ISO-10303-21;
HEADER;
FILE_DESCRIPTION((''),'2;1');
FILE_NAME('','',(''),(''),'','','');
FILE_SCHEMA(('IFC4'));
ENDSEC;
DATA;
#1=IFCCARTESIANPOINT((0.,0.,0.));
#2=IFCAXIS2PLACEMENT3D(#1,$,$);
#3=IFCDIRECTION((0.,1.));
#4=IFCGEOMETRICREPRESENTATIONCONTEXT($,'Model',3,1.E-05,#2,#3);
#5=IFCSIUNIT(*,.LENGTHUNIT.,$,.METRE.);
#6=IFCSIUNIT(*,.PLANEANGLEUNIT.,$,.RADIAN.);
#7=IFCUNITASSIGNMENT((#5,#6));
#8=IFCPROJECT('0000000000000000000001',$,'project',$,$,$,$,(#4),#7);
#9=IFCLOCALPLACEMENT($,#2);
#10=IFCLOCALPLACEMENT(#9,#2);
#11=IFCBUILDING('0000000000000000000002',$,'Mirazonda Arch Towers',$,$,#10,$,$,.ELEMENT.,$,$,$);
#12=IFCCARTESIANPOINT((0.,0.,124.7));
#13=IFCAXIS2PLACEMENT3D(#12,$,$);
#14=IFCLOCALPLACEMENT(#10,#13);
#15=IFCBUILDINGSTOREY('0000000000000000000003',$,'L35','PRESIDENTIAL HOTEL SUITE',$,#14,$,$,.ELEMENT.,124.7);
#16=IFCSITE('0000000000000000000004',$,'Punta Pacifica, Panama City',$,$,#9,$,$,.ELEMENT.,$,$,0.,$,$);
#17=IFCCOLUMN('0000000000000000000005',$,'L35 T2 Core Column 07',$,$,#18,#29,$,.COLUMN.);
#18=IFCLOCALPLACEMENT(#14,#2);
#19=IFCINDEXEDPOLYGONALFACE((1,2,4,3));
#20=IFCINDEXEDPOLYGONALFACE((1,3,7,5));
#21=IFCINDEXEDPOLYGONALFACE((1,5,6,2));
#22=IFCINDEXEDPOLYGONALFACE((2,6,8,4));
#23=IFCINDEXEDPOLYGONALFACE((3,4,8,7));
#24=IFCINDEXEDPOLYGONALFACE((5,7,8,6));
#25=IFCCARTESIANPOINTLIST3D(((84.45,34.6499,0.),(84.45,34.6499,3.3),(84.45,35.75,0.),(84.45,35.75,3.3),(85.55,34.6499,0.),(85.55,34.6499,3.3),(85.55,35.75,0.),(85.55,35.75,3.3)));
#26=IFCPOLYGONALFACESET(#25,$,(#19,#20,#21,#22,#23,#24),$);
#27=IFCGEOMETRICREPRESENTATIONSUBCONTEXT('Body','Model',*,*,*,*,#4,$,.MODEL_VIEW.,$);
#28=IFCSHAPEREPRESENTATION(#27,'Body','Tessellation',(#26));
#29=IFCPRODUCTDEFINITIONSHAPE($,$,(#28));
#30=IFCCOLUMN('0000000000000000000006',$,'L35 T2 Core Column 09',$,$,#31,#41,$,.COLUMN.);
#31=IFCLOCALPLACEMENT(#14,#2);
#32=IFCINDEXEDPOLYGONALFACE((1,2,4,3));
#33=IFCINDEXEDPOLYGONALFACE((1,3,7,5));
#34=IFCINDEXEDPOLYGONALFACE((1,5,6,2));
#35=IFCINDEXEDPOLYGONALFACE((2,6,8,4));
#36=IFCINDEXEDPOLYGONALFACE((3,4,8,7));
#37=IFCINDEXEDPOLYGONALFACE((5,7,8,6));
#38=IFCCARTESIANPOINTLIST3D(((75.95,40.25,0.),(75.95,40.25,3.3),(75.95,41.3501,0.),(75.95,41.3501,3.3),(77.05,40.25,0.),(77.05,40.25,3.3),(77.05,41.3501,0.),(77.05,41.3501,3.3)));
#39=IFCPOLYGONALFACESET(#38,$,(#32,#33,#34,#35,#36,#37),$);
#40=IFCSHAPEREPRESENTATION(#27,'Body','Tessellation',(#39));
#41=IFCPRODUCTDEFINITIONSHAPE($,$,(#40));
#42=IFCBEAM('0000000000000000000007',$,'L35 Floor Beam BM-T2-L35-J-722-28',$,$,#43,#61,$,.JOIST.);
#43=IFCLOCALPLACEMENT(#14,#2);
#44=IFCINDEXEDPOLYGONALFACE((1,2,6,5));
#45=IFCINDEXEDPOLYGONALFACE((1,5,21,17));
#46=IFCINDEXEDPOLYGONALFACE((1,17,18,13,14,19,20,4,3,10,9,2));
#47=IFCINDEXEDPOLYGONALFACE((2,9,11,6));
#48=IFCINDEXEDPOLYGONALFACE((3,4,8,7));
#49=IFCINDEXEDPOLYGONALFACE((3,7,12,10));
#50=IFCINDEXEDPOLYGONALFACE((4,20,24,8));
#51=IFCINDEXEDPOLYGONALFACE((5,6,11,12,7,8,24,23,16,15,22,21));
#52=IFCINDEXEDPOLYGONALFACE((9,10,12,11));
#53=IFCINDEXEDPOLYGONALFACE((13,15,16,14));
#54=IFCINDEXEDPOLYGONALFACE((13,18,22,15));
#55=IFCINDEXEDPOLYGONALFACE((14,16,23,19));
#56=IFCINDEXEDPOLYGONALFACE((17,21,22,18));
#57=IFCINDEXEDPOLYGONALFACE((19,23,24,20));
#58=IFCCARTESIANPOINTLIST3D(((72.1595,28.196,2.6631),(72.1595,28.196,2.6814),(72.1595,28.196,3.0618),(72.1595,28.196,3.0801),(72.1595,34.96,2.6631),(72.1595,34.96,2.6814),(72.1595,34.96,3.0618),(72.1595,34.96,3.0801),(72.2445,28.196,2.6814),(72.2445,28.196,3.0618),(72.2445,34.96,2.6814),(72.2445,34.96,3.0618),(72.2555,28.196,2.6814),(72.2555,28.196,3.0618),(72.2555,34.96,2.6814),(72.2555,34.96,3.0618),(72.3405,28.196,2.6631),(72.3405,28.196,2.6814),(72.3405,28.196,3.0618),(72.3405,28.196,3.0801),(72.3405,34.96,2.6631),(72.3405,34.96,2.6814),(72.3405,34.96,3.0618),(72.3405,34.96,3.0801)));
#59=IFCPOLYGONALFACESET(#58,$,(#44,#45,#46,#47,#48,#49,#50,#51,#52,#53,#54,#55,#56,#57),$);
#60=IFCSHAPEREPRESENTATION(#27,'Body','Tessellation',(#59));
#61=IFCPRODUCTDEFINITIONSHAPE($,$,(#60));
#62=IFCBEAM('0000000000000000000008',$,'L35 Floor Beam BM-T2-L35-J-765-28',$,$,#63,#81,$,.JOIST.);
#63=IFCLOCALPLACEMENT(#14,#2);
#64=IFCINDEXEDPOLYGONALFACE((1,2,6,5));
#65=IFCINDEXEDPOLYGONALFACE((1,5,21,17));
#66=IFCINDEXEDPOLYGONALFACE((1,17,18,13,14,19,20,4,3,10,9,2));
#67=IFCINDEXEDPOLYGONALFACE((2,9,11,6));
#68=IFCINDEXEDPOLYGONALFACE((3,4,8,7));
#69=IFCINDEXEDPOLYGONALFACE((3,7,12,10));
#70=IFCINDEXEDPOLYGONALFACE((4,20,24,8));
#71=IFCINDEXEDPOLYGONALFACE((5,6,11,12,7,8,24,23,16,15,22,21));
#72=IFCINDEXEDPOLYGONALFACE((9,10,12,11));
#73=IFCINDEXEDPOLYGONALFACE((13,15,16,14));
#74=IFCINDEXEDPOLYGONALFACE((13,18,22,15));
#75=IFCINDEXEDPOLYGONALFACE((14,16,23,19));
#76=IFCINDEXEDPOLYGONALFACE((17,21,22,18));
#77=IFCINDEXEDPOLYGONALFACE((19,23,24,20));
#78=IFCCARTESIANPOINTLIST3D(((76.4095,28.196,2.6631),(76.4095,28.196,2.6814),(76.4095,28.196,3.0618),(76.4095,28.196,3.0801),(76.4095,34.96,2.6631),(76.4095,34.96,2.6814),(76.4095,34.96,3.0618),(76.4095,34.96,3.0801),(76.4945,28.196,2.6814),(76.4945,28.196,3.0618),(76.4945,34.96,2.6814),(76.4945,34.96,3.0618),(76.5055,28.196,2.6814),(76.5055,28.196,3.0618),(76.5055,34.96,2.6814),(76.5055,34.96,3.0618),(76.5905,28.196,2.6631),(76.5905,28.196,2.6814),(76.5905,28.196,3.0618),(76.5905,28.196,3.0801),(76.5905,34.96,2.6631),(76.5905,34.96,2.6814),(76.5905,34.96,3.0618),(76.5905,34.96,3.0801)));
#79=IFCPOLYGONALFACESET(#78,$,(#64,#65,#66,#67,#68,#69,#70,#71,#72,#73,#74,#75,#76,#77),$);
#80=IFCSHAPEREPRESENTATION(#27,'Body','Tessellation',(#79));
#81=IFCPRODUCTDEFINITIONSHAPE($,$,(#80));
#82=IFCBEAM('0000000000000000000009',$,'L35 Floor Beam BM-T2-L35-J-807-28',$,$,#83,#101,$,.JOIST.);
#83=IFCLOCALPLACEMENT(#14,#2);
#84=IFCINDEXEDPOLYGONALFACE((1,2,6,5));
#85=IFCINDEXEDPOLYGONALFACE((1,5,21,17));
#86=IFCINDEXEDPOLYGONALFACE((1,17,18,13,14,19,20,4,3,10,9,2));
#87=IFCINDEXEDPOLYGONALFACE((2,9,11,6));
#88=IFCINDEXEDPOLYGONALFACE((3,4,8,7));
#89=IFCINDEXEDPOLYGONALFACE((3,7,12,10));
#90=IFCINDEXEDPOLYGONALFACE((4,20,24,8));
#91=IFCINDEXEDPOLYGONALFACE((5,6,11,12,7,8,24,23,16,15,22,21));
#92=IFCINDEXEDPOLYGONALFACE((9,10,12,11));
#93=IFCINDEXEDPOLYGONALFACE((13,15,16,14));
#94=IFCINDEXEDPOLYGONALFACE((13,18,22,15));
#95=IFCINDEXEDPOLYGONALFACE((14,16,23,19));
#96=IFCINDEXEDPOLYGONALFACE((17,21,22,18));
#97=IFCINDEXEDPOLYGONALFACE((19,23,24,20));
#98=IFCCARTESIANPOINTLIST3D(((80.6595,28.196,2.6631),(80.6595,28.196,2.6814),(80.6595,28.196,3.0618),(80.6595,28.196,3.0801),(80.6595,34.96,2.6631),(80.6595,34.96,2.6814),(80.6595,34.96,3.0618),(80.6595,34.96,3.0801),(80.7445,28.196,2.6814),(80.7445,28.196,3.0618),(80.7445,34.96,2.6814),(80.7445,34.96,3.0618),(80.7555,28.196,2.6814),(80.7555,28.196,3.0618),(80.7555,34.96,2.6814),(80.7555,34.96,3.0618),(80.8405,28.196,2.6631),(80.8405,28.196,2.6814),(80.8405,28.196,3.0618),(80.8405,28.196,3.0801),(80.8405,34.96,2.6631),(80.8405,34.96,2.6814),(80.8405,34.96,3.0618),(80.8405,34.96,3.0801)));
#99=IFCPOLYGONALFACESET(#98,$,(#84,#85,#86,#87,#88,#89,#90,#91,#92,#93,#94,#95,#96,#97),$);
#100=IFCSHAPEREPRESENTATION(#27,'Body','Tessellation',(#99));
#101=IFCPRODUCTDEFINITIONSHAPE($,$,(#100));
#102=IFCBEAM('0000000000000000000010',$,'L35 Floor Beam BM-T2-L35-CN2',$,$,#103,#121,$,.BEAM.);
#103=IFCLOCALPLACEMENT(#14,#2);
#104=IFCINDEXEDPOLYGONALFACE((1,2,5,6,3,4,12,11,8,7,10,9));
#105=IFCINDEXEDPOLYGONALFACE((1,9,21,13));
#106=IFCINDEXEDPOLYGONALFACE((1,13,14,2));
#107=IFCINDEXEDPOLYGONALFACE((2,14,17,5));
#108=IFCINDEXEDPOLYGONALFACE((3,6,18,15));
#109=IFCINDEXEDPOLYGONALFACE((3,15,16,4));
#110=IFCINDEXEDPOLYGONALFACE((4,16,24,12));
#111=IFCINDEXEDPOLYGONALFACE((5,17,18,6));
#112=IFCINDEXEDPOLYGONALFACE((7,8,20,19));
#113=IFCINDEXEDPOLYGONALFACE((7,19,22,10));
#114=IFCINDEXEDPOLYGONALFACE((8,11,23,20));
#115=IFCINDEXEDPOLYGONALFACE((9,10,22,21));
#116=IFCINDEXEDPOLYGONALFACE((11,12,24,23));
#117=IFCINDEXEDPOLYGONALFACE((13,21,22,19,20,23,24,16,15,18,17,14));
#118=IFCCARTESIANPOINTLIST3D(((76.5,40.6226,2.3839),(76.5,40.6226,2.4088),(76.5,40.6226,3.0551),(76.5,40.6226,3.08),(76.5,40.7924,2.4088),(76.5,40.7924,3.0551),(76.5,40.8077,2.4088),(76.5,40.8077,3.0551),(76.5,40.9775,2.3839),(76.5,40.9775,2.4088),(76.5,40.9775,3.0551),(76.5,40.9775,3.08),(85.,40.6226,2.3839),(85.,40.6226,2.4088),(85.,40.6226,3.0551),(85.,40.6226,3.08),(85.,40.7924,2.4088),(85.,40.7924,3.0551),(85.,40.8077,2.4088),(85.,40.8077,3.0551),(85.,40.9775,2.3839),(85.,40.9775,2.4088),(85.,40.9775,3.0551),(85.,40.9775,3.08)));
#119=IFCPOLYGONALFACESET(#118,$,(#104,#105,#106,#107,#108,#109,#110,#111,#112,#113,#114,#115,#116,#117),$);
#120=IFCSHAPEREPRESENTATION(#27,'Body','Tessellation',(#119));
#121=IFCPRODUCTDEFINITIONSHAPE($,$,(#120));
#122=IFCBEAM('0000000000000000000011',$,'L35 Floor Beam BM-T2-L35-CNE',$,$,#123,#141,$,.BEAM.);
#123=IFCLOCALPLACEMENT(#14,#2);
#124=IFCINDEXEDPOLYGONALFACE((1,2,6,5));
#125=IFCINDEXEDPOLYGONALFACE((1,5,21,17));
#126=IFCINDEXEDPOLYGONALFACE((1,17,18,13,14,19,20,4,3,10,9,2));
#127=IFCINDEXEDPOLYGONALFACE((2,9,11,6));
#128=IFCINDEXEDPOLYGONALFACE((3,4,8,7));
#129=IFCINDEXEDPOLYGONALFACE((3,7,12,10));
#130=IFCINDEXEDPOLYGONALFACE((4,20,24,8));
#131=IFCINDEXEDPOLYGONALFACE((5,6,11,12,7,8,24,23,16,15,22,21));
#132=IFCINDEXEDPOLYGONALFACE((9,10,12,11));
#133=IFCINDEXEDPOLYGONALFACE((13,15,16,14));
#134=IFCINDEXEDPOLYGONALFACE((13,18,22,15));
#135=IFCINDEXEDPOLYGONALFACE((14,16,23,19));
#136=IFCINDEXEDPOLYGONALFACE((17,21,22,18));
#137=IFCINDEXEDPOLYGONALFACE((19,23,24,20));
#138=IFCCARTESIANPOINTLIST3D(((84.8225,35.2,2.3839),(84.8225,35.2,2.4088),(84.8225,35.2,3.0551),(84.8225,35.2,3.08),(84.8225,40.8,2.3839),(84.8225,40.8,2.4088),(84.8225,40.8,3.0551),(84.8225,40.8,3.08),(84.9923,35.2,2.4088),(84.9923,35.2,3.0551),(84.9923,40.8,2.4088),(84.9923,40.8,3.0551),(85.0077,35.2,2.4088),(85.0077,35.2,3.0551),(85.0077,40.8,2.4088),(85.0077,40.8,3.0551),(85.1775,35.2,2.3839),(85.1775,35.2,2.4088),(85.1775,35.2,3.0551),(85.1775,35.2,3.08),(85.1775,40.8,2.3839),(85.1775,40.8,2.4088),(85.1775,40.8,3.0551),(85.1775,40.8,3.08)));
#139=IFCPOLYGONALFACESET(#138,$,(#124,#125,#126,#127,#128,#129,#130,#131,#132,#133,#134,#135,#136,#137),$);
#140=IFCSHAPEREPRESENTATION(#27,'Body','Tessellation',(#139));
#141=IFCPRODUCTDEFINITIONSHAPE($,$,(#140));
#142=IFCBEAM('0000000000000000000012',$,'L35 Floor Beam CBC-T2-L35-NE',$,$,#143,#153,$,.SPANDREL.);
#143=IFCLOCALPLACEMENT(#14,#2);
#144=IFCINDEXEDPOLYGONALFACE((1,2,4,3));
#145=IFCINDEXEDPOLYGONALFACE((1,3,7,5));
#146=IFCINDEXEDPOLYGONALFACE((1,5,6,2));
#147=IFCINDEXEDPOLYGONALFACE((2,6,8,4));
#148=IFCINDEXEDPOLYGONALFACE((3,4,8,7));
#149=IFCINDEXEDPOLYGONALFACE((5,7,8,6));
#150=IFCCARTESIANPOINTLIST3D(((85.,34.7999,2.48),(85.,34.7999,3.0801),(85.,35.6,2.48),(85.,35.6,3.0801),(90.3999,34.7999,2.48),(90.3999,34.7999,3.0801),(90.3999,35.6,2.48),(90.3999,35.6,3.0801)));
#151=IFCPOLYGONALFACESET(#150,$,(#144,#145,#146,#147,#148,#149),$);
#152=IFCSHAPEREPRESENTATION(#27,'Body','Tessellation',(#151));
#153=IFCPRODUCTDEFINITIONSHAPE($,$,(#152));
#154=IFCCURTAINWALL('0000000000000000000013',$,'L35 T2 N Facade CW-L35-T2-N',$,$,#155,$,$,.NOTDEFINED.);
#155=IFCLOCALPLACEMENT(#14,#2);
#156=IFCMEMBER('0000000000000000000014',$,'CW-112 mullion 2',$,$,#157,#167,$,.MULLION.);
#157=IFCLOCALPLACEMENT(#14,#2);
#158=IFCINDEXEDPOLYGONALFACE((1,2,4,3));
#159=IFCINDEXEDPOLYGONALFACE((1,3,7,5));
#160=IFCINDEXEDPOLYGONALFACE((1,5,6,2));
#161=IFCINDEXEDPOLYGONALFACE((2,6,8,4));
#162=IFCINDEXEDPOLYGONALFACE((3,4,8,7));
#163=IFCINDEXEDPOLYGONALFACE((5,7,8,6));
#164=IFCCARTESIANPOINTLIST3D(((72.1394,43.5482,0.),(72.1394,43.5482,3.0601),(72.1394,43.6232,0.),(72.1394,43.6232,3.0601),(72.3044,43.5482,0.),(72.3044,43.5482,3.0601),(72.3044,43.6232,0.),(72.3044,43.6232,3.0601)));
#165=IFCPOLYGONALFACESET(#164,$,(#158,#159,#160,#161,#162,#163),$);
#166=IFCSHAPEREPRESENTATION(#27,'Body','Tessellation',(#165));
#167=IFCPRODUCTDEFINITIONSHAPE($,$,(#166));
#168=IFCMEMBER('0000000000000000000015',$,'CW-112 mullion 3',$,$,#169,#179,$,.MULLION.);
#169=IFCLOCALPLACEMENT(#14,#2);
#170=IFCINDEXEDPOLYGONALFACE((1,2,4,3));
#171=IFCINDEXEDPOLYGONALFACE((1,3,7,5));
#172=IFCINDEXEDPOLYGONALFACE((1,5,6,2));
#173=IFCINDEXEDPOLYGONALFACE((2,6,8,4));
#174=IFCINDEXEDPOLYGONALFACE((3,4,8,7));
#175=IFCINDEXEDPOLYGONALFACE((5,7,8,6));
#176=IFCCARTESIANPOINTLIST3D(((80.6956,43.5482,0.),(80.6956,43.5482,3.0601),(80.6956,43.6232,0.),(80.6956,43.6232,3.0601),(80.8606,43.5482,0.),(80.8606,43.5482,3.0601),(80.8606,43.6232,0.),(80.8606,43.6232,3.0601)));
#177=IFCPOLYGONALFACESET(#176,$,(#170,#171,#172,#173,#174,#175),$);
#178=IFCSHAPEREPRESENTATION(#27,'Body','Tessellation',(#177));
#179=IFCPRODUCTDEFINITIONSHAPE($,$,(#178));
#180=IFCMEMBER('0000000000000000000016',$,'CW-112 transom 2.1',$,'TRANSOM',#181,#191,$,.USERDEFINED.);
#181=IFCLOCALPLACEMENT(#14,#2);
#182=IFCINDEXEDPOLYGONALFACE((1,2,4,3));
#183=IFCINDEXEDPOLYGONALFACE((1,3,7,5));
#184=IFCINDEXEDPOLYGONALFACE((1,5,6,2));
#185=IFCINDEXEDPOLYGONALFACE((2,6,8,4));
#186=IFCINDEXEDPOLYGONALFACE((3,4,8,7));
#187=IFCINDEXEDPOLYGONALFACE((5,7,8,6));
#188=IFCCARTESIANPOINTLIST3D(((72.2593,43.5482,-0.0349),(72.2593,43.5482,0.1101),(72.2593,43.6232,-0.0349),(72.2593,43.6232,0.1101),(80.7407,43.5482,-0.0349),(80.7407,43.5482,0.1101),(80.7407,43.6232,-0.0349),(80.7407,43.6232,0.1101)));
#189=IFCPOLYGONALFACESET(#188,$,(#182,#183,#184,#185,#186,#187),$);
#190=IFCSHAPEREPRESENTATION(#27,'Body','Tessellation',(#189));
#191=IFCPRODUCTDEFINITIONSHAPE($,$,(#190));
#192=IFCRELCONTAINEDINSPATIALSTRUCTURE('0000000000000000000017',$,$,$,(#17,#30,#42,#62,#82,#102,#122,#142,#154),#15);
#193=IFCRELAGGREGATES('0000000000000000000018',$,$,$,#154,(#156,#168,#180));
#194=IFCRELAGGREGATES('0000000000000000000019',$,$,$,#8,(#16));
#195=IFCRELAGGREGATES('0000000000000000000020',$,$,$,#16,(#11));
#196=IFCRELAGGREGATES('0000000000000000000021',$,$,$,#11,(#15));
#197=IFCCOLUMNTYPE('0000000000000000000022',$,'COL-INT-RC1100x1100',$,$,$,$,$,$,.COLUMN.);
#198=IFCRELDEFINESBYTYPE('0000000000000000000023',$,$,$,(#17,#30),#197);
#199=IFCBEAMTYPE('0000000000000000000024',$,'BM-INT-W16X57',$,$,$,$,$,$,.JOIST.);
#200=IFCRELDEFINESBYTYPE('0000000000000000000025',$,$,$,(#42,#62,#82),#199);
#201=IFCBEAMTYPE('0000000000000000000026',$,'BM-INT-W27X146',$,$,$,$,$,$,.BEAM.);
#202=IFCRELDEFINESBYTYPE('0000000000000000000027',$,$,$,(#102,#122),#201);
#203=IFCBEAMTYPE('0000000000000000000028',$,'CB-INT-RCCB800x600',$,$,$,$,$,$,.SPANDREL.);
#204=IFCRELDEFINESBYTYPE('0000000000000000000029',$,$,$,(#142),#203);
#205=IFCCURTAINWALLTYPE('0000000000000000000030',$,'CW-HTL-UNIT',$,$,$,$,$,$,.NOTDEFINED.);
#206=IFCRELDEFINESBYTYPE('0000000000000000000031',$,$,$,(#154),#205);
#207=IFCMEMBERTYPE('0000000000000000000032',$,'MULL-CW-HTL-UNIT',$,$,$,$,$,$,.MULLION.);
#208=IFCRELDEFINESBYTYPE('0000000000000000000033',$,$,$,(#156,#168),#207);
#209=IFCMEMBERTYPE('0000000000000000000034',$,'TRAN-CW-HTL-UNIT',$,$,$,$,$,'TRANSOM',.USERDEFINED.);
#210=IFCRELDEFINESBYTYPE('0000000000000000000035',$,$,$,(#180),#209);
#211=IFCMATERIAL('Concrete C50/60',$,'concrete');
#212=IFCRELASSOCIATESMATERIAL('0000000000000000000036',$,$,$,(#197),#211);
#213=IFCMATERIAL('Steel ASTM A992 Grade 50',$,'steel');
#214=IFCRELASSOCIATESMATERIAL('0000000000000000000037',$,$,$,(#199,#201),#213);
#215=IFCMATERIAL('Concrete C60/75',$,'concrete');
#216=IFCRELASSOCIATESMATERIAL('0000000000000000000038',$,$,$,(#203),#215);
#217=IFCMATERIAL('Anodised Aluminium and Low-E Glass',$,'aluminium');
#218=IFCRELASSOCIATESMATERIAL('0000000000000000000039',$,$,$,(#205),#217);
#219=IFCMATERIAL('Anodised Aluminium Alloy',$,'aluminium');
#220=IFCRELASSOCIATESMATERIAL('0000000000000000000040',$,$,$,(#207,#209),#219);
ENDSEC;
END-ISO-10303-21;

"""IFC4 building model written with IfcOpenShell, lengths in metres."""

from ifc_helpers import new_model, si_unit, direction, frame, origin, origin_2d, place, context, subcontext, project, spatial, rectangle, i_section, extrude, material, material_profile, profile_set, type_object, element, aggregate, save


model = new_model("IFC4")

# Units and contexts
model_context = context("Model", 3, precision=1e-05, world=origin(), true_north=direction((0.0, 1.0)))
body_context = subcontext(model_context, "Body", "Model", "MODEL_VIEW")
ifc_project = project(units=[si_unit("LENGTHUNIT", "METRE"), si_unit("PLANEANGLEUNIT", "RADIAN")], contexts=[model_context])

# Site, building, storey
site_placement = place(None, origin())
site = spatial("IfcSite", under=ifc_project, at=site_placement, Name="Punta Pacifica, Panama City", CompositionType="ELEMENT", RefElevation=0.0)
building_placement = place(site_placement, origin())
building = spatial("IfcBuilding", under=site, at=building_placement, Name="Mirazonda Arch Towers", CompositionType="ELEMENT")
storey_placement = place(building_placement, frame((0.0, 0.0, 124.7)))
storey = spatial("IfcBuildingStorey", under=building, at=storey_placement, Name="L35", Description="PRESIDENTIAL HOTEL SUITE", CompositionType="ELEMENT", Elevation=124.7)

# Columns
ifc_material_1 = material(Name="Concrete C50/60", Category="concrete")
ifc_material_profile_1 = material_profile(ifc_material_1, rectangle(XDim=1.1001, YDim=1.1001, at=origin_2d()), Name="RC1100x1100")
ifc_profile_set_1 = profile_set([ifc_material_profile_1], Name="Concrete C50/60")
column_type = type_object("IfcColumnType", Name="COL-INT-RC1100x1100", PredefinedType="COLUMN", material=ifc_profile_set_1)
for number, where, z_axis, x_axis, name in (
    (1, (85.0, 35.2, 0.0), (0.0, 0.0, 1.0), (1.0, 0.0, 0.0), "L35 T2 Core Column 07"),
    (2, (76.5, 40.8, 0.0), (0.0, 0.0, 1.0), (1.0, 0.0, 0.0), "L35 T2 Core Column 09"),
):
    element("IfcColumn", number, at=place(storey_placement, frame(where, z_axis=z_axis, x_axis=x_axis)), inside=storey, type_object=column_type, Name=name, PredefinedType="COLUMN", context=body_context, shape_type="SweptSolid", body=[
        extrude(rectangle(XDim=1.1001, YDim=1.1001, at=origin_2d()), origin(), (0.0, 0.0, 1.0), 3.3),
    ])

# Beams
ifc_material_2 = material(Name="Steel ASTM A992 Grade 50", Category="steel")
ifc_material_profile_2 = material_profile(ifc_material_2, i_section(OverallWidth=0.1809, OverallDepth=0.417, WebThickness=0.011, FlangeThickness=0.0183, at=origin_2d()), Name="W16X57")
ifc_profile_set_2 = profile_set([ifc_material_profile_2], Name="Steel ASTM A992 Grade 50")
beam_type_1 = type_object("IfcBeamType", Name="BM-INT-W16X57", PredefinedType="JOIST", material=ifc_profile_set_2)
for number, where, z_axis, x_axis, name in (
    (3, (72.25, 28.196, 2.8716), (0.0, 1.0, 0.0), (-1.0, 0.0, 0.0), "L35 Floor Beam BM-T2-L35-J-722-28"),
    (4, (76.5, 28.196, 2.8716), (0.0, 1.0, 0.0), (-1.0, 0.0, 0.0), "L35 Floor Beam BM-T2-L35-J-765-28"),
    (5, (80.75, 28.196, 2.8716), (0.0, 1.0, 0.0), (-1.0, 0.0, 0.0), "L35 Floor Beam BM-T2-L35-J-807-28"),
):
    element("IfcBeam", number, at=place(storey_placement, frame(where, z_axis=z_axis, x_axis=x_axis)), inside=storey, type_object=beam_type_1, Name=name, PredefinedType="JOIST", context=body_context, shape_type="SweptSolid", body=[
        extrude(i_section(OverallWidth=0.1809, OverallDepth=0.417, WebThickness=0.011, FlangeThickness=0.0183, at=origin_2d()), origin(), (0.0, 0.0, 1.0), 6.7639),
    ])
ifc_material_profile_3 = material_profile(ifc_material_2, i_section(OverallWidth=0.355, OverallDepth=0.696, WebThickness=0.0154, FlangeThickness=0.0249, at=origin_2d()), Name="W27X146")
ifc_profile_set_3 = profile_set([ifc_material_profile_3], Name="Steel ASTM A992 Grade 50")
beam_type_2 = type_object("IfcBeamType", Name="BM-INT-W27X146", PredefinedType="BEAM", material=ifc_profile_set_3)
beam_1_placement = place(storey_placement, frame((76.5, 40.8, 2.7319), z_axis=(1.0, 0.0, 0.0), x_axis=(0.0, 1.0, 0.0)))
element("IfcBeam", 6, at=beam_1_placement, inside=storey, type_object=beam_type_2, Name="L35 Floor Beam BM-T2-L35-CN2", PredefinedType="BEAM", context=body_context, shape_type="SweptSolid", body=[
    extrude(i_section(OverallWidth=0.355, OverallDepth=0.696, WebThickness=0.0154, FlangeThickness=0.0249, at=origin_2d()), origin(), (0.0, 0.0, 1.0), 8.5),
])
beam_2_placement = place(storey_placement, frame((85.0, 35.2, 2.7319), z_axis=(0.0, 1.0, 0.0), x_axis=(-1.0, 0.0, 0.0)))
element("IfcBeam", 7, at=beam_2_placement, inside=storey, type_object=beam_type_2, Name="L35 Floor Beam BM-T2-L35-CNE", PredefinedType="BEAM", context=body_context, shape_type="SweptSolid", body=[
    extrude(i_section(OverallWidth=0.355, OverallDepth=0.696, WebThickness=0.0154, FlangeThickness=0.0249, at=origin_2d()), origin(), (0.0, 0.0, 1.0), 5.6001),
])
ifc_material_3 = material(Name="Concrete C60/75", Category="concrete")
ifc_material_profile_4 = material_profile(ifc_material_3, rectangle(XDim=0.8, YDim=0.6001, at=origin_2d()), Name="RCCB800x600")
ifc_profile_set_4 = profile_set([ifc_material_profile_4], Name="Concrete C60/75")
beam_type_3 = type_object("IfcBeamType", Name="CB-INT-RCCB800x600", PredefinedType="SPANDREL", material=ifc_profile_set_4)
beam_3_placement = place(storey_placement, frame((85.0, 35.2, 2.78), z_axis=(1.0, 0.0, 0.0), x_axis=(0.0, 1.0, 0.0)))
element("IfcBeam", 8, at=beam_3_placement, inside=storey, type_object=beam_type_3, Name="L35 Floor Beam CBC-T2-L35-NE", PredefinedType="SPANDREL", context=body_context, shape_type="SweptSolid", body=[
    extrude(rectangle(XDim=0.8, YDim=0.6001, at=origin_2d()), origin(), (0.0, 0.0, 1.0), 5.3999),
])

# Curtain wall, members
ifc_material_4 = material(Name="Anodised Aluminium and Low-E Glass", Category="aluminium")
curtain_wall_type = type_object("IfcCurtainWallType", Name="CW-HTL-UNIT", PredefinedType="NOTDEFINED", material=ifc_material_4)
curtain_wall_placement = place(storey_placement, origin())
curtain_wall = element("IfcCurtainWall", 9, at=curtain_wall_placement, inside=storey, type_object=curtain_wall_type, Name="L35 T2 N Facade CW-L35-T2-N", PredefinedType="NOTDEFINED")
ifc_material_5 = material(Name="Anodised Aluminium Alloy", Category="aluminium")
ifc_material_profile_5 = material_profile(ifc_material_5, rectangle(XDim=0.075, YDim=0.165, at=origin_2d()), Name="ALU-MULL-75x165")
ifc_profile_set_5 = profile_set([ifc_material_profile_5], Name="Anodised Aluminium Alloy")
member_type_1 = type_object("IfcMemberType", Name="MULL-CW-HTL-UNIT", PredefinedType="MULLION", material=ifc_profile_set_5)
member_1_placement = place(storey_placement, frame((72.2219, 43.5857, 0.0), z_axis=(0.0, 0.0, 1.0), x_axis=(0.0, 1.0, 0.0)))
member_1 = element("IfcMember", 10, at=member_1_placement, type_object=member_type_1, Name="CW-112 mullion 2", PredefinedType="MULLION", context=body_context, shape_type="SweptSolid", body=[
    extrude(rectangle(XDim=0.075, YDim=0.165, at=origin_2d()), origin(), (0.0, 0.0, 1.0), 3.0601),
])
member_2_placement = place(storey_placement, frame((80.7781, 43.5857, 0.0), z_axis=(0.0, 0.0, 1.0), x_axis=(0.0, 1.0, 0.0)))
member_2 = element("IfcMember", 11, at=member_2_placement, type_object=member_type_1, Name="CW-112 mullion 3", PredefinedType="MULLION", context=body_context, shape_type="SweptSolid", body=[
    extrude(rectangle(XDim=0.075, YDim=0.165, at=origin_2d()), origin(), (0.0, 0.0, 1.0), 3.0601),
])
ifc_material_profile_6 = material_profile(ifc_material_5, rectangle(XDim=0.075, YDim=0.145, at=origin_2d()), Name="ALU-TRAN-75x145")
ifc_profile_set_6 = profile_set([ifc_material_profile_6], Name="Anodised Aluminium Alloy")
member_type_2 = type_object("IfcMemberType", Name="TRAN-CW-HTL-UNIT", ElementType="TRANSOM", PredefinedType="USERDEFINED", material=ifc_profile_set_6)
member_3_placement = place(storey_placement, frame((72.2593, 43.5857, 0.0376), z_axis=(1.0, 0.0, 0.0), x_axis=(0.0, 1.0, 0.0)))
member_3 = element("IfcMember", 12, at=member_3_placement, type_object=member_type_2, Name="CW-112 transom 2.1", ObjectType="TRANSOM", PredefinedType="USERDEFINED", context=body_context, shape_type="SweptSolid", body=[
    extrude(rectangle(XDim=0.075, YDim=0.145, at=origin_2d()), origin(), (0.0, 0.0, 1.0), 8.4814),
])
aggregate(curtain_wall, [member_1, member_2, member_3])

save(model, "model.ifc")
